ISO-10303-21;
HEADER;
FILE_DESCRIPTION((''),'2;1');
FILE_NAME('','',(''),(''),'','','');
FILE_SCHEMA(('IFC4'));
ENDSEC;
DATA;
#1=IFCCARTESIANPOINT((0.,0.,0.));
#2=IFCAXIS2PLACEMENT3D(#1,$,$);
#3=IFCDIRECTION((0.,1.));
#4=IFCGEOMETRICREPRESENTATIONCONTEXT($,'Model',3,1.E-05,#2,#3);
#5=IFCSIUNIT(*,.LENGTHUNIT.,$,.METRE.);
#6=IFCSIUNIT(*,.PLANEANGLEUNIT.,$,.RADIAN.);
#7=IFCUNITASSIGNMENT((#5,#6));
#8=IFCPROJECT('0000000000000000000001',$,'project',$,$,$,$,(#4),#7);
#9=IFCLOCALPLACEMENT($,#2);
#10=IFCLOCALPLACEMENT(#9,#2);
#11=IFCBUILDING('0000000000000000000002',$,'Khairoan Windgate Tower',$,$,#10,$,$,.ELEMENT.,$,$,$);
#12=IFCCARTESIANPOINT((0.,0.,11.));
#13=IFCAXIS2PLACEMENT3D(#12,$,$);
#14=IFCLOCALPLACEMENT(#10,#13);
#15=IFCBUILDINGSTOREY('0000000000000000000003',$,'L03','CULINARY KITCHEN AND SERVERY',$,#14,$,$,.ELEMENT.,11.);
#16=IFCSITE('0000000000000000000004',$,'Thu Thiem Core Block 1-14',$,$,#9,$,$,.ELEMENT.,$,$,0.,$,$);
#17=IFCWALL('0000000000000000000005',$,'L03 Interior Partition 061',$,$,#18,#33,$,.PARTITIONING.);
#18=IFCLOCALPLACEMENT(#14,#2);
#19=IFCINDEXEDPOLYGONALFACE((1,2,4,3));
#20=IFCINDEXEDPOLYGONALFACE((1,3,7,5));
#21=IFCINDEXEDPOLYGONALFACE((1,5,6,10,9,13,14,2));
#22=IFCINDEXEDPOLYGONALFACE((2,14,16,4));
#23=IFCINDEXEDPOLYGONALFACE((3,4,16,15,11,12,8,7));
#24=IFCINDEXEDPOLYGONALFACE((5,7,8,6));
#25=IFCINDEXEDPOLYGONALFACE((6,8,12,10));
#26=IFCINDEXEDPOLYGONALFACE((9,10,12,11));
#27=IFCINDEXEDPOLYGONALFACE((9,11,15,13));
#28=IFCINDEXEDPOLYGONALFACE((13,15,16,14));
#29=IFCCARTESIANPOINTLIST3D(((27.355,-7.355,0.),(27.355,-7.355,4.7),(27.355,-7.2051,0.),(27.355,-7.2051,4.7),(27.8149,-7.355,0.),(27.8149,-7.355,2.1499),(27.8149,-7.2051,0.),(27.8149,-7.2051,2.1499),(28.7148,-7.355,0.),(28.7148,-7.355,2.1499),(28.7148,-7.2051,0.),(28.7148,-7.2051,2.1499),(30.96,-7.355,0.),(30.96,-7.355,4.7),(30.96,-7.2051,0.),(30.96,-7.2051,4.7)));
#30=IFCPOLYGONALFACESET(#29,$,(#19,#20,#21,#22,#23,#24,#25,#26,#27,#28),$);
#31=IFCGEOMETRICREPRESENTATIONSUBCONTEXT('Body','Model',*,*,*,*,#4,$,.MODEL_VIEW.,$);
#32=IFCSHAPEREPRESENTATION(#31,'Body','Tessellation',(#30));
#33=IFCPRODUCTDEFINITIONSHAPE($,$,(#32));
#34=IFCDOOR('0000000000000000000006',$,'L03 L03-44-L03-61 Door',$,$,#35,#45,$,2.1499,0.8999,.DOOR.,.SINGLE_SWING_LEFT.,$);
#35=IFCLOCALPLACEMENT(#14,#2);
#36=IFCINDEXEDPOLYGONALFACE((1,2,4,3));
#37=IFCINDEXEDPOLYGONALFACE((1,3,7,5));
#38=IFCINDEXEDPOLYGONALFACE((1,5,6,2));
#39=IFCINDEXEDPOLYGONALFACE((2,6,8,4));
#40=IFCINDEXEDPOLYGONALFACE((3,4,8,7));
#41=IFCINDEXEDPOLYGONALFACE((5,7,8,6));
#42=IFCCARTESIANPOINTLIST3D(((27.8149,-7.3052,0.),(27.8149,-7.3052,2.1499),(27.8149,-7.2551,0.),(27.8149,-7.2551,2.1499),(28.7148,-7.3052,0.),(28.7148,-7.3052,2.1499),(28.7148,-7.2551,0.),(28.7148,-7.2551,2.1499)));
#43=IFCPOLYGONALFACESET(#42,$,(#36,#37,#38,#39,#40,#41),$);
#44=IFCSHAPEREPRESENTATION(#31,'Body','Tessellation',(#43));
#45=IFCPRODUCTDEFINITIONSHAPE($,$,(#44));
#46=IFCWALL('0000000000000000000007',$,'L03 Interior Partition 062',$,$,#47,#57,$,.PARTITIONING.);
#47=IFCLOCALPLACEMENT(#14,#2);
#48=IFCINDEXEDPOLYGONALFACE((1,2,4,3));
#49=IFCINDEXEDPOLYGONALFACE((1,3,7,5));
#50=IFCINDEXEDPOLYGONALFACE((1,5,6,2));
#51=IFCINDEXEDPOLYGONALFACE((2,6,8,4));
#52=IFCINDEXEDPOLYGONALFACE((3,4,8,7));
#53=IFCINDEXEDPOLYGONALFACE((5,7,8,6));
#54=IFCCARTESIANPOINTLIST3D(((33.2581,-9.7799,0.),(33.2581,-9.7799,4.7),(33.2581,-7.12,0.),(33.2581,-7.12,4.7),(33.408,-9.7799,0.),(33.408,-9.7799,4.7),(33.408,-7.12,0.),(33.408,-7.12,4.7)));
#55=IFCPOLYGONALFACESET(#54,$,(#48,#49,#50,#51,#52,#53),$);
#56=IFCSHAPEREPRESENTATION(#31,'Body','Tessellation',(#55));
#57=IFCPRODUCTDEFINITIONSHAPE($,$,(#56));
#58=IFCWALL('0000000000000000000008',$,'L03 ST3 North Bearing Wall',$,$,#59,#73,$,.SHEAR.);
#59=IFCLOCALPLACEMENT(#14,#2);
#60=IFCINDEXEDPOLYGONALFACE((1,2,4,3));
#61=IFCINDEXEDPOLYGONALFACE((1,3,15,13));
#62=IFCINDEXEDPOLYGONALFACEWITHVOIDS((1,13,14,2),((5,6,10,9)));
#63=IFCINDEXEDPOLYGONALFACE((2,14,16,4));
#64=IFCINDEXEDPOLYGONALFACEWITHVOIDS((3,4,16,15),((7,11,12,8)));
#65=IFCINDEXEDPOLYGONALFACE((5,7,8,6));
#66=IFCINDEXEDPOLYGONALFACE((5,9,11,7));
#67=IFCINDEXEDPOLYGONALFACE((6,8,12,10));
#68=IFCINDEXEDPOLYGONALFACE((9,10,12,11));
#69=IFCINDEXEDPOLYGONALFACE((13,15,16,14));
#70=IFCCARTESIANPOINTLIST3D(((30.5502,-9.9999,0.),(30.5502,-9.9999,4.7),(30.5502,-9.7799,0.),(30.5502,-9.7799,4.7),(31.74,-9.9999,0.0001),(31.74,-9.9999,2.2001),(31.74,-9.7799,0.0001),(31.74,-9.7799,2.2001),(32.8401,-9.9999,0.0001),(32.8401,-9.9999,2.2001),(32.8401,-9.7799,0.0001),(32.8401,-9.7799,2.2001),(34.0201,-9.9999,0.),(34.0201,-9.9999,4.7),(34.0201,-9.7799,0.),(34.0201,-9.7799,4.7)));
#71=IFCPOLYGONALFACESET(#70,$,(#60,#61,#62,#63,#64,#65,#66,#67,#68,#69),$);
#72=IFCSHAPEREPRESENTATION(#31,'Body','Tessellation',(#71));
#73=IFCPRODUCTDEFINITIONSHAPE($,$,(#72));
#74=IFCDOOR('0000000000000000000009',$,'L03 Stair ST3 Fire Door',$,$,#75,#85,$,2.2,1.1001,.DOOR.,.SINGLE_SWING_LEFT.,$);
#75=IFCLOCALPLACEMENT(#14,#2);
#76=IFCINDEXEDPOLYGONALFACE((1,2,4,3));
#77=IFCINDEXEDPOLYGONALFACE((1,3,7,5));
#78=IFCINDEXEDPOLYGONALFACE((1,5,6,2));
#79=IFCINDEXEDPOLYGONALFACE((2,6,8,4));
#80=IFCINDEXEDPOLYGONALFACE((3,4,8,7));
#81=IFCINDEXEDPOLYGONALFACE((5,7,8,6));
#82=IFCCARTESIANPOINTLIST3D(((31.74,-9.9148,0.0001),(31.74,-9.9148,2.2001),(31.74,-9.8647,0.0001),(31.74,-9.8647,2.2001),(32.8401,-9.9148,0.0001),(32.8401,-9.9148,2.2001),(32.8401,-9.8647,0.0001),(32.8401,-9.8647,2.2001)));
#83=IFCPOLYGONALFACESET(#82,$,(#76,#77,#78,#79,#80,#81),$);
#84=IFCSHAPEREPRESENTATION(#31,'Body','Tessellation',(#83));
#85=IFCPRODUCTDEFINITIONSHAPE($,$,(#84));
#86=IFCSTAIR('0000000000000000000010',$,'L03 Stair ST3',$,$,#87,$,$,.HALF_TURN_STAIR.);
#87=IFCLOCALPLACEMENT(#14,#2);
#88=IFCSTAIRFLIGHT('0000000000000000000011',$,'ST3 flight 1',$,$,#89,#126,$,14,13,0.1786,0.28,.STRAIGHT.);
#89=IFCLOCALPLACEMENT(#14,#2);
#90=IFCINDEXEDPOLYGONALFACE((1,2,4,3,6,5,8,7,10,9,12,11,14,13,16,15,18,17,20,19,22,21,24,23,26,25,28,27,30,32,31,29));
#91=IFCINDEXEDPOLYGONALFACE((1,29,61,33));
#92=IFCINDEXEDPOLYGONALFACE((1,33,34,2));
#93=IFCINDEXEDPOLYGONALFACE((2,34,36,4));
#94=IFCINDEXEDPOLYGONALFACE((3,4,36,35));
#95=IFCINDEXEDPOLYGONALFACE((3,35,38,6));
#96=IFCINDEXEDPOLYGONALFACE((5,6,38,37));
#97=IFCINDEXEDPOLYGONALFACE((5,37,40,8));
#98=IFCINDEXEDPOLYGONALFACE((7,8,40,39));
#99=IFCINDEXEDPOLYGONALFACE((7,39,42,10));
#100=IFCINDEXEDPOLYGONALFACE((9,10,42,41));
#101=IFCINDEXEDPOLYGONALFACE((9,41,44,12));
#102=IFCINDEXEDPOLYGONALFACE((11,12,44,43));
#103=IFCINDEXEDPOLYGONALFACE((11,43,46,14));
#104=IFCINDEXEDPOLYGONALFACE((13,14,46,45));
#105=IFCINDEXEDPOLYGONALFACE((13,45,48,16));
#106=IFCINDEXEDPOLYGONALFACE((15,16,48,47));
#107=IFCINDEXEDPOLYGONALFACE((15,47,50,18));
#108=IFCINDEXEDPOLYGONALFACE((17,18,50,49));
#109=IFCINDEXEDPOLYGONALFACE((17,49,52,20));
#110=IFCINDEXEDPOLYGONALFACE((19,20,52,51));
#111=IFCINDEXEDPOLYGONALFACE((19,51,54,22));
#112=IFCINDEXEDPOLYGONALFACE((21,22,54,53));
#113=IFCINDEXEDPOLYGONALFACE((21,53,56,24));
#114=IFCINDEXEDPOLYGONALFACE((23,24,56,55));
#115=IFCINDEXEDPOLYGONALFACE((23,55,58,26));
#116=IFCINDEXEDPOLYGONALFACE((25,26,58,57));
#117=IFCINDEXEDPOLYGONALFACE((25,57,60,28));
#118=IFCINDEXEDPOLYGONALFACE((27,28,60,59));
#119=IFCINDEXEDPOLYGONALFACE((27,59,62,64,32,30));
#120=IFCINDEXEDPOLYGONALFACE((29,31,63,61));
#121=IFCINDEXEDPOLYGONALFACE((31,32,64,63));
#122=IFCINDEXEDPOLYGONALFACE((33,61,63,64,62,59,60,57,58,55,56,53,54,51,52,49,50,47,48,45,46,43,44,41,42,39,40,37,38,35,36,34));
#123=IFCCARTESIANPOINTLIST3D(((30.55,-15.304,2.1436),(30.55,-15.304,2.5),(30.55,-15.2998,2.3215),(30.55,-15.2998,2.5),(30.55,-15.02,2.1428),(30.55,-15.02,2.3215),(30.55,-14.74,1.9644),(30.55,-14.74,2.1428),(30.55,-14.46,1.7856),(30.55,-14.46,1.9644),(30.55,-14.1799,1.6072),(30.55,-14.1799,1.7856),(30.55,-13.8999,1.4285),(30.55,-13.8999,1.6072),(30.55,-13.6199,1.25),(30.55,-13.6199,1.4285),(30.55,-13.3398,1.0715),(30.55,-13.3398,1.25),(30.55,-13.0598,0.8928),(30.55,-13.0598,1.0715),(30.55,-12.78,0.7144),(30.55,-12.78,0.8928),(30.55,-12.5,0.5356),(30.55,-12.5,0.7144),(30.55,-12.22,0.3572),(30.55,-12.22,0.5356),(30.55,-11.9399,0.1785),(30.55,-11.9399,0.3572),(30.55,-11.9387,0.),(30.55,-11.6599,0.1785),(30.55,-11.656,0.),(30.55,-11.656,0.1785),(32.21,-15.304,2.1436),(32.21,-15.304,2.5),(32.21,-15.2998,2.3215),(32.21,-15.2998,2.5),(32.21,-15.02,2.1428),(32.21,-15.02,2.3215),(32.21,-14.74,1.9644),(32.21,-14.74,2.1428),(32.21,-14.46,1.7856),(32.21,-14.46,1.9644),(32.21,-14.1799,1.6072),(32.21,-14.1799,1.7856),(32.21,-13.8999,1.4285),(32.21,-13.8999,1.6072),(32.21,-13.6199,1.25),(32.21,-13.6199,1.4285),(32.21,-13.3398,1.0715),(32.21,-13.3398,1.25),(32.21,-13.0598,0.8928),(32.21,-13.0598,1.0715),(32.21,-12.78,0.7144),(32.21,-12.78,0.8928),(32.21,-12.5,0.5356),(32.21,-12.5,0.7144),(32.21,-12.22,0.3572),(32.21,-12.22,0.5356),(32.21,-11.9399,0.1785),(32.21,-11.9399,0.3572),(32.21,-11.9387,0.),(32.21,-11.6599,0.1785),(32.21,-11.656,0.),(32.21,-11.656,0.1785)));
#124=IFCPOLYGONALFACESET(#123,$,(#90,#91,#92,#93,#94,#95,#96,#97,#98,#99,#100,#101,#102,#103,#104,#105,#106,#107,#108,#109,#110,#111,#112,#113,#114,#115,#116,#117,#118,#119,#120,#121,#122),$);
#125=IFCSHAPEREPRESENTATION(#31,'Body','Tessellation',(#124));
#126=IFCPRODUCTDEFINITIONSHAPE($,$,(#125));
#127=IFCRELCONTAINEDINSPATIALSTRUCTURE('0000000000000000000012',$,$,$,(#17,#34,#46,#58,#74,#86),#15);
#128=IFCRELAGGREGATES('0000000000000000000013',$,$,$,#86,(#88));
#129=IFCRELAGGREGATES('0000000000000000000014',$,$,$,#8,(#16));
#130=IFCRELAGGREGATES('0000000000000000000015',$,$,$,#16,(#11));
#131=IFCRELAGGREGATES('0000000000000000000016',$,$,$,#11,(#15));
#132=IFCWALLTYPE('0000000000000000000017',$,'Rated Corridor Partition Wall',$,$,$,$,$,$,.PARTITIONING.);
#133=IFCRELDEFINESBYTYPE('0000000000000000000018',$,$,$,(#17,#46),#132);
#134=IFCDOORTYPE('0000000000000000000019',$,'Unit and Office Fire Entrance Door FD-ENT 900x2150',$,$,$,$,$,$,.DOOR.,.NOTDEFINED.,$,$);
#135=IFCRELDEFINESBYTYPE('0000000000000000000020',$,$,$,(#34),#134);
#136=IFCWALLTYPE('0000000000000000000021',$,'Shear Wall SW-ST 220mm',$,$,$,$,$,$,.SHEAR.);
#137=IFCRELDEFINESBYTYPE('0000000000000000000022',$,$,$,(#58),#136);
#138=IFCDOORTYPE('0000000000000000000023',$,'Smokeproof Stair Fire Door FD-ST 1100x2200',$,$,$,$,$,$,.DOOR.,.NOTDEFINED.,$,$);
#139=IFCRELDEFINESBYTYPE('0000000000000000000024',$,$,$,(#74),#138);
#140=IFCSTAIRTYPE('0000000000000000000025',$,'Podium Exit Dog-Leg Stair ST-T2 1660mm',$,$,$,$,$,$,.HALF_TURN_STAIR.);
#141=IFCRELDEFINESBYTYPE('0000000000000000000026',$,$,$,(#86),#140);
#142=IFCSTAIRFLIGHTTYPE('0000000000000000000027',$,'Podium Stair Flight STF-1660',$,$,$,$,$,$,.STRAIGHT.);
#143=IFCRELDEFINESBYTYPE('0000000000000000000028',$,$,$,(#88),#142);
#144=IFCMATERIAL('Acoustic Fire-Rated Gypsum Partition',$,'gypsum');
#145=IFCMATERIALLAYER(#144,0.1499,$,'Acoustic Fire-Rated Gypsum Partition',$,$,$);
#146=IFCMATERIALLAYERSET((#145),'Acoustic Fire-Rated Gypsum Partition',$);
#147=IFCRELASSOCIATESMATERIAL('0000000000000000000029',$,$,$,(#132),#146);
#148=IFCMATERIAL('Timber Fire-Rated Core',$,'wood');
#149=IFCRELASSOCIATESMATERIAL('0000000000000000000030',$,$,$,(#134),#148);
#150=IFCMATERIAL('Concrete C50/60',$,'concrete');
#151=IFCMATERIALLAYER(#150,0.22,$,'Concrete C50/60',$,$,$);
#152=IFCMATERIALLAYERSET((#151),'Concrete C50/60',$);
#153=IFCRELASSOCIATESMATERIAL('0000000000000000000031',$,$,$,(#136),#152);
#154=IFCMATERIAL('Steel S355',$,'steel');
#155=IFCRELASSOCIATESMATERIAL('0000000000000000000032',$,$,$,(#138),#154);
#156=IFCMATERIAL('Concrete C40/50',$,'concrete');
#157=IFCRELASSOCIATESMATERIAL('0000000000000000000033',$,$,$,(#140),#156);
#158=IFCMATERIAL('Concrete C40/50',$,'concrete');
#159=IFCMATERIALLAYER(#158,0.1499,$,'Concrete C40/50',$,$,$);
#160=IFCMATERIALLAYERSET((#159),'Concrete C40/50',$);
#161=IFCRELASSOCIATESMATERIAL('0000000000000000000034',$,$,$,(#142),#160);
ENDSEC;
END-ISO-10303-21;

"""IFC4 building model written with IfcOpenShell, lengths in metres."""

from ifc_helpers import new_model, si_unit, direction, frame, frame_2d, origin, place, context, subcontext, project, spatial, polyline, rectangle, outline, extrude, material, layer, layer_set, type_object, element, fill, aggregate, save


model = new_model("IFC4")

# Units and contexts
model_context = context("Model", 3, precision=1e-05, world=origin(), true_north=direction((0.0, 1.0)))
body_context = subcontext(model_context, "Body", "Model", "MODEL_VIEW")
ifc_project = project(units=[si_unit("LENGTHUNIT", "METRE"), si_unit("PLANEANGLEUNIT", "RADIAN")], contexts=[model_context])

# Site, building, storey
site_placement = place(None, origin())
site = spatial("IfcSite", under=ifc_project, at=site_placement, Name="Thu Thiem Core Block 1-14", CompositionType="ELEMENT", RefElevation=0.0)
building_placement = place(site_placement, origin())
building = spatial("IfcBuilding", under=site, at=building_placement, Name="Khairoan Windgate Tower", CompositionType="ELEMENT")
storey_placement = place(building_placement, frame((0.0, 0.0, 11.0)))
storey = spatial("IfcBuildingStorey", under=building, at=storey_placement, Name="L03", Description="CULINARY KITCHEN AND SERVERY", CompositionType="ELEMENT", Elevation=11.0)

# Wall, opening, door
ifc_material_1 = material(Name="Acoustic Fire-Rated Gypsum Partition", Category="gypsum")
ifc_layer_1 = layer(ifc_material_1, 0.1499, Name="Acoustic Fire-Rated Gypsum Partition")
ifc_layer_set_1 = layer_set([ifc_layer_1], Name="Acoustic Fire-Rated Gypsum Partition")
wall_type_1 = type_object("IfcWallType", Name="Rated Corridor Partition Wall", PredefinedType="PARTITIONING", material=ifc_layer_set_1)
ifc_material_2 = material(Name="Timber Fire-Rated Core", Category="wood")
door_type_1 = type_object("IfcDoorType", Name="Unit and Office Fire Entrance Door FD-ENT 900x2150", OperationType="NOTDEFINED", PredefinedType="DOOR", material=ifc_material_2)
wall_1_placement = place(storey_placement, frame((27.355, -7.28, 0.0), z_axis=(0.0, 0.0, 1.0), x_axis=(1.0, 0.0, 0.0)))
wall_1 = element("IfcWall", 1, at=wall_1_placement, inside=storey, type_object=wall_type_1, Name="L03 Interior Partition 061", PredefinedType="PARTITIONING", context=body_context, shape_type="SweptSolid", body=[
    extrude(rectangle(XDim=3.605, YDim=0.1499, at=frame_2d((1.8025, 0.0))), origin(), (0.0, 0.0, 1.0), 4.7),
])
opening_1_placement = place(wall_1_placement, frame((0.46, 0.0, 0.0)))
opening_1 = element("IfcOpeningElement", 2, at=opening_1_placement, cuts=wall_1, PredefinedType="OPENING", context=body_context, shape_type="SweptSolid", body=[
    extrude(rectangle(XDim=0.8999, YDim=2.1499, at=frame_2d((0.45, 1.075))), frame((0.0, 0.085, 0.0), z_axis=(0.0, -1.0, 0.0), x_axis=(1.0, 0.0, 0.0)), (0.0, 0.0, 1.0), 0.1699),
])
door_1_placement = place(opening_1_placement, origin())
door_1 = element("IfcDoor", 3, at=door_1_placement, inside=storey, type_object=door_type_1, Name="L03 L03-44-L03-61 Door", OperationType="SINGLE_SWING_LEFT", OverallHeight=2.1499, OverallWidth=0.8999, PredefinedType="DOOR", context=body_context, shape_type="SweptSolid", body=[
    extrude(rectangle(XDim=0.8999, YDim=2.1499, at=frame_2d((0.45, 1.075))), frame((0.0, 0.0249, 0.0), z_axis=(0.0, -1.0, 0.0), x_axis=(1.0, 0.0, 0.0)), (0.0, 0.0, 1.0), 0.05),
])
fill(opening_1, door_1)

# Wall
wall_2_placement = place(storey_placement, frame((33.333, -9.78, 0.0), z_axis=(0.0, 0.0, 1.0), x_axis=(0.0, 1.0, 0.0)))
element("IfcWall", 4, at=wall_2_placement, inside=storey, type_object=wall_type_1, Name="L03 Interior Partition 062", PredefinedType="PARTITIONING", context=body_context, shape_type="SweptSolid", body=[
    extrude(rectangle(XDim=2.6599, YDim=0.1499, at=frame_2d((1.3301, 0.0))), origin(), (0.0, 0.0, 1.0), 4.7),
])

# Wall, opening, door
ifc_material_3 = material(Name="Concrete C50/60", Category="concrete")
ifc_layer_2 = layer(ifc_material_3, 0.22, Name="Concrete C50/60")
ifc_layer_set_2 = layer_set([ifc_layer_2], Name="Concrete C50/60")
wall_type_2 = type_object("IfcWallType", Name="Shear Wall SW-ST 220mm", PredefinedType="SHEAR", material=ifc_layer_set_2)
wall_3_placement = place(storey_placement, frame((34.02, -9.8899, 0.0), z_axis=(0.0, 0.0, 1.0), x_axis=(-1.0, 0.0, 0.0)))
wall_3 = element("IfcWall", 5, at=wall_3_placement, inside=storey, type_object=wall_type_2, Name="L03 ST3 North Bearing Wall", PredefinedType="SHEAR", context=body_context, shape_type="SweptSolid", body=[
    extrude(rectangle(XDim=3.47, YDim=0.22, at=frame_2d((1.7349, 0.0))), origin(), (0.0, 0.0, 1.0), 4.7),
])
opening_2_placement = place(wall_3_placement, frame((1.1799, 0.0, 0.0)))
opening_2 = element("IfcOpeningElement", 6, at=opening_2_placement, cuts=wall_3, PredefinedType="OPENING", context=body_context, shape_type="SweptSolid", body=[
    extrude(rectangle(XDim=1.1001, YDim=2.2, at=frame_2d((0.55, 1.1001))), frame((0.0, 0.1199, 0.0), z_axis=(0.0, -1.0, 0.0), x_axis=(1.0, 0.0, 0.0)), (0.0, 0.0, 1.0), 0.24),
])
ifc_material_4 = material(Name="Steel S355", Category="steel")
door_type_2 = type_object("IfcDoorType", Name="Smokeproof Stair Fire Door FD-ST 1100x2200", OperationType="NOTDEFINED", PredefinedType="DOOR", material=ifc_material_4)
door_2_placement = place(opening_2_placement, origin())
door_2 = element("IfcDoor", 7, at=door_2_placement, inside=storey, type_object=door_type_2, Name="L03 Stair ST3 Fire Door", OperationType="SINGLE_SWING_LEFT", OverallHeight=2.2, OverallWidth=1.1001, PredefinedType="DOOR", context=body_context, shape_type="SweptSolid", body=[
    extrude(rectangle(XDim=1.1001, YDim=2.2, at=frame_2d((0.55, 1.1001))), frame((0.0, 0.0249, 0.0), z_axis=(0.0, -1.0, 0.0), x_axis=(1.0, 0.0, 0.0)), (0.0, 0.0, 1.0), 0.05),
])
fill(opening_2, door_2)

# Stair, stair flight
ifc_material_5 = material(Name="Concrete C40/50", Category="concrete")
stair_type = type_object("IfcStairType", Name="Podium Exit Dog-Leg Stair ST-T2 1660mm", PredefinedType="HALF_TURN_STAIR", material=ifc_material_5)
stair_placement = place(storey_placement, origin())
stair = element("IfcStair", 8, at=stair_placement, inside=storey, type_object=stair_type, Name="L03 Stair ST3", PredefinedType="HALF_TURN_STAIR")
ifc_material_6 = material(Name="Concrete C40/50", Category="concrete")
ifc_layer_3 = layer(ifc_material_6, 0.1499, Name="Concrete C40/50")
ifc_layer_set_3 = layer_set([ifc_layer_3], Name="Concrete C40/50")
stair_flight_type = type_object("IfcStairFlightType", Name="Podium Stair Flight STF-1660", PredefinedType="STRAIGHT", material=ifc_layer_set_3)
stair_flight_placement = place(storey_placement, frame((31.3799, -11.6599, 0.0), z_axis=(0.0, 0.0, 1.0), x_axis=(0.0, -1.0, 0.0)))
stair_flight = element("IfcStairFlight", 9, at=stair_flight_placement, type_object=stair_flight_type, Name="ST3 flight 1", NumberOfRisers=14, NumberOfTreads=13, PredefinedType="STRAIGHT", RiserHeight=0.1786, TreadLength=0.28, context=body_context, shape_type="SweptSolid", body=[
    extrude(outline(polyline([(-0.0039, 0.0), (-0.0039, 0.1785), (0.0, 0.1785), (0.28, 0.1785), (0.28, 0.3572), (0.5601, 0.3572), (0.5601, 0.5356), (0.8401, 0.5356), (0.8401, 0.7144), (1.1201, 0.7144), (1.1201, 0.8928), (1.3999, 0.8928), (1.3999, 1.0715), (1.6799, 1.0715), (1.6799, 1.25), (1.96, 1.25), (1.96, 1.4285), (2.24, 1.4285), (2.24, 1.6072), (2.52, 1.6072), (2.52, 1.7856), (2.8, 1.7856), (2.8, 1.9644), (3.0801, 1.9644), (3.0801, 2.1428), (3.3601, 2.1428), (3.3601, 2.3215), (3.6399, 2.3215), (3.6399, 2.5), (3.644, 2.5), (3.644, 2.1436), (0.2788, 0.0), (-0.0039, 0.0)])), frame((0.0, 0.8301, 0.0), z_axis=(0.0, -1.0, 0.0), x_axis=(1.0, 0.0, 0.0)), (0.0, 0.0, 1.0), 1.6599),
])
aggregate(stair, [stair_flight])

save(model, "model.ifc")
